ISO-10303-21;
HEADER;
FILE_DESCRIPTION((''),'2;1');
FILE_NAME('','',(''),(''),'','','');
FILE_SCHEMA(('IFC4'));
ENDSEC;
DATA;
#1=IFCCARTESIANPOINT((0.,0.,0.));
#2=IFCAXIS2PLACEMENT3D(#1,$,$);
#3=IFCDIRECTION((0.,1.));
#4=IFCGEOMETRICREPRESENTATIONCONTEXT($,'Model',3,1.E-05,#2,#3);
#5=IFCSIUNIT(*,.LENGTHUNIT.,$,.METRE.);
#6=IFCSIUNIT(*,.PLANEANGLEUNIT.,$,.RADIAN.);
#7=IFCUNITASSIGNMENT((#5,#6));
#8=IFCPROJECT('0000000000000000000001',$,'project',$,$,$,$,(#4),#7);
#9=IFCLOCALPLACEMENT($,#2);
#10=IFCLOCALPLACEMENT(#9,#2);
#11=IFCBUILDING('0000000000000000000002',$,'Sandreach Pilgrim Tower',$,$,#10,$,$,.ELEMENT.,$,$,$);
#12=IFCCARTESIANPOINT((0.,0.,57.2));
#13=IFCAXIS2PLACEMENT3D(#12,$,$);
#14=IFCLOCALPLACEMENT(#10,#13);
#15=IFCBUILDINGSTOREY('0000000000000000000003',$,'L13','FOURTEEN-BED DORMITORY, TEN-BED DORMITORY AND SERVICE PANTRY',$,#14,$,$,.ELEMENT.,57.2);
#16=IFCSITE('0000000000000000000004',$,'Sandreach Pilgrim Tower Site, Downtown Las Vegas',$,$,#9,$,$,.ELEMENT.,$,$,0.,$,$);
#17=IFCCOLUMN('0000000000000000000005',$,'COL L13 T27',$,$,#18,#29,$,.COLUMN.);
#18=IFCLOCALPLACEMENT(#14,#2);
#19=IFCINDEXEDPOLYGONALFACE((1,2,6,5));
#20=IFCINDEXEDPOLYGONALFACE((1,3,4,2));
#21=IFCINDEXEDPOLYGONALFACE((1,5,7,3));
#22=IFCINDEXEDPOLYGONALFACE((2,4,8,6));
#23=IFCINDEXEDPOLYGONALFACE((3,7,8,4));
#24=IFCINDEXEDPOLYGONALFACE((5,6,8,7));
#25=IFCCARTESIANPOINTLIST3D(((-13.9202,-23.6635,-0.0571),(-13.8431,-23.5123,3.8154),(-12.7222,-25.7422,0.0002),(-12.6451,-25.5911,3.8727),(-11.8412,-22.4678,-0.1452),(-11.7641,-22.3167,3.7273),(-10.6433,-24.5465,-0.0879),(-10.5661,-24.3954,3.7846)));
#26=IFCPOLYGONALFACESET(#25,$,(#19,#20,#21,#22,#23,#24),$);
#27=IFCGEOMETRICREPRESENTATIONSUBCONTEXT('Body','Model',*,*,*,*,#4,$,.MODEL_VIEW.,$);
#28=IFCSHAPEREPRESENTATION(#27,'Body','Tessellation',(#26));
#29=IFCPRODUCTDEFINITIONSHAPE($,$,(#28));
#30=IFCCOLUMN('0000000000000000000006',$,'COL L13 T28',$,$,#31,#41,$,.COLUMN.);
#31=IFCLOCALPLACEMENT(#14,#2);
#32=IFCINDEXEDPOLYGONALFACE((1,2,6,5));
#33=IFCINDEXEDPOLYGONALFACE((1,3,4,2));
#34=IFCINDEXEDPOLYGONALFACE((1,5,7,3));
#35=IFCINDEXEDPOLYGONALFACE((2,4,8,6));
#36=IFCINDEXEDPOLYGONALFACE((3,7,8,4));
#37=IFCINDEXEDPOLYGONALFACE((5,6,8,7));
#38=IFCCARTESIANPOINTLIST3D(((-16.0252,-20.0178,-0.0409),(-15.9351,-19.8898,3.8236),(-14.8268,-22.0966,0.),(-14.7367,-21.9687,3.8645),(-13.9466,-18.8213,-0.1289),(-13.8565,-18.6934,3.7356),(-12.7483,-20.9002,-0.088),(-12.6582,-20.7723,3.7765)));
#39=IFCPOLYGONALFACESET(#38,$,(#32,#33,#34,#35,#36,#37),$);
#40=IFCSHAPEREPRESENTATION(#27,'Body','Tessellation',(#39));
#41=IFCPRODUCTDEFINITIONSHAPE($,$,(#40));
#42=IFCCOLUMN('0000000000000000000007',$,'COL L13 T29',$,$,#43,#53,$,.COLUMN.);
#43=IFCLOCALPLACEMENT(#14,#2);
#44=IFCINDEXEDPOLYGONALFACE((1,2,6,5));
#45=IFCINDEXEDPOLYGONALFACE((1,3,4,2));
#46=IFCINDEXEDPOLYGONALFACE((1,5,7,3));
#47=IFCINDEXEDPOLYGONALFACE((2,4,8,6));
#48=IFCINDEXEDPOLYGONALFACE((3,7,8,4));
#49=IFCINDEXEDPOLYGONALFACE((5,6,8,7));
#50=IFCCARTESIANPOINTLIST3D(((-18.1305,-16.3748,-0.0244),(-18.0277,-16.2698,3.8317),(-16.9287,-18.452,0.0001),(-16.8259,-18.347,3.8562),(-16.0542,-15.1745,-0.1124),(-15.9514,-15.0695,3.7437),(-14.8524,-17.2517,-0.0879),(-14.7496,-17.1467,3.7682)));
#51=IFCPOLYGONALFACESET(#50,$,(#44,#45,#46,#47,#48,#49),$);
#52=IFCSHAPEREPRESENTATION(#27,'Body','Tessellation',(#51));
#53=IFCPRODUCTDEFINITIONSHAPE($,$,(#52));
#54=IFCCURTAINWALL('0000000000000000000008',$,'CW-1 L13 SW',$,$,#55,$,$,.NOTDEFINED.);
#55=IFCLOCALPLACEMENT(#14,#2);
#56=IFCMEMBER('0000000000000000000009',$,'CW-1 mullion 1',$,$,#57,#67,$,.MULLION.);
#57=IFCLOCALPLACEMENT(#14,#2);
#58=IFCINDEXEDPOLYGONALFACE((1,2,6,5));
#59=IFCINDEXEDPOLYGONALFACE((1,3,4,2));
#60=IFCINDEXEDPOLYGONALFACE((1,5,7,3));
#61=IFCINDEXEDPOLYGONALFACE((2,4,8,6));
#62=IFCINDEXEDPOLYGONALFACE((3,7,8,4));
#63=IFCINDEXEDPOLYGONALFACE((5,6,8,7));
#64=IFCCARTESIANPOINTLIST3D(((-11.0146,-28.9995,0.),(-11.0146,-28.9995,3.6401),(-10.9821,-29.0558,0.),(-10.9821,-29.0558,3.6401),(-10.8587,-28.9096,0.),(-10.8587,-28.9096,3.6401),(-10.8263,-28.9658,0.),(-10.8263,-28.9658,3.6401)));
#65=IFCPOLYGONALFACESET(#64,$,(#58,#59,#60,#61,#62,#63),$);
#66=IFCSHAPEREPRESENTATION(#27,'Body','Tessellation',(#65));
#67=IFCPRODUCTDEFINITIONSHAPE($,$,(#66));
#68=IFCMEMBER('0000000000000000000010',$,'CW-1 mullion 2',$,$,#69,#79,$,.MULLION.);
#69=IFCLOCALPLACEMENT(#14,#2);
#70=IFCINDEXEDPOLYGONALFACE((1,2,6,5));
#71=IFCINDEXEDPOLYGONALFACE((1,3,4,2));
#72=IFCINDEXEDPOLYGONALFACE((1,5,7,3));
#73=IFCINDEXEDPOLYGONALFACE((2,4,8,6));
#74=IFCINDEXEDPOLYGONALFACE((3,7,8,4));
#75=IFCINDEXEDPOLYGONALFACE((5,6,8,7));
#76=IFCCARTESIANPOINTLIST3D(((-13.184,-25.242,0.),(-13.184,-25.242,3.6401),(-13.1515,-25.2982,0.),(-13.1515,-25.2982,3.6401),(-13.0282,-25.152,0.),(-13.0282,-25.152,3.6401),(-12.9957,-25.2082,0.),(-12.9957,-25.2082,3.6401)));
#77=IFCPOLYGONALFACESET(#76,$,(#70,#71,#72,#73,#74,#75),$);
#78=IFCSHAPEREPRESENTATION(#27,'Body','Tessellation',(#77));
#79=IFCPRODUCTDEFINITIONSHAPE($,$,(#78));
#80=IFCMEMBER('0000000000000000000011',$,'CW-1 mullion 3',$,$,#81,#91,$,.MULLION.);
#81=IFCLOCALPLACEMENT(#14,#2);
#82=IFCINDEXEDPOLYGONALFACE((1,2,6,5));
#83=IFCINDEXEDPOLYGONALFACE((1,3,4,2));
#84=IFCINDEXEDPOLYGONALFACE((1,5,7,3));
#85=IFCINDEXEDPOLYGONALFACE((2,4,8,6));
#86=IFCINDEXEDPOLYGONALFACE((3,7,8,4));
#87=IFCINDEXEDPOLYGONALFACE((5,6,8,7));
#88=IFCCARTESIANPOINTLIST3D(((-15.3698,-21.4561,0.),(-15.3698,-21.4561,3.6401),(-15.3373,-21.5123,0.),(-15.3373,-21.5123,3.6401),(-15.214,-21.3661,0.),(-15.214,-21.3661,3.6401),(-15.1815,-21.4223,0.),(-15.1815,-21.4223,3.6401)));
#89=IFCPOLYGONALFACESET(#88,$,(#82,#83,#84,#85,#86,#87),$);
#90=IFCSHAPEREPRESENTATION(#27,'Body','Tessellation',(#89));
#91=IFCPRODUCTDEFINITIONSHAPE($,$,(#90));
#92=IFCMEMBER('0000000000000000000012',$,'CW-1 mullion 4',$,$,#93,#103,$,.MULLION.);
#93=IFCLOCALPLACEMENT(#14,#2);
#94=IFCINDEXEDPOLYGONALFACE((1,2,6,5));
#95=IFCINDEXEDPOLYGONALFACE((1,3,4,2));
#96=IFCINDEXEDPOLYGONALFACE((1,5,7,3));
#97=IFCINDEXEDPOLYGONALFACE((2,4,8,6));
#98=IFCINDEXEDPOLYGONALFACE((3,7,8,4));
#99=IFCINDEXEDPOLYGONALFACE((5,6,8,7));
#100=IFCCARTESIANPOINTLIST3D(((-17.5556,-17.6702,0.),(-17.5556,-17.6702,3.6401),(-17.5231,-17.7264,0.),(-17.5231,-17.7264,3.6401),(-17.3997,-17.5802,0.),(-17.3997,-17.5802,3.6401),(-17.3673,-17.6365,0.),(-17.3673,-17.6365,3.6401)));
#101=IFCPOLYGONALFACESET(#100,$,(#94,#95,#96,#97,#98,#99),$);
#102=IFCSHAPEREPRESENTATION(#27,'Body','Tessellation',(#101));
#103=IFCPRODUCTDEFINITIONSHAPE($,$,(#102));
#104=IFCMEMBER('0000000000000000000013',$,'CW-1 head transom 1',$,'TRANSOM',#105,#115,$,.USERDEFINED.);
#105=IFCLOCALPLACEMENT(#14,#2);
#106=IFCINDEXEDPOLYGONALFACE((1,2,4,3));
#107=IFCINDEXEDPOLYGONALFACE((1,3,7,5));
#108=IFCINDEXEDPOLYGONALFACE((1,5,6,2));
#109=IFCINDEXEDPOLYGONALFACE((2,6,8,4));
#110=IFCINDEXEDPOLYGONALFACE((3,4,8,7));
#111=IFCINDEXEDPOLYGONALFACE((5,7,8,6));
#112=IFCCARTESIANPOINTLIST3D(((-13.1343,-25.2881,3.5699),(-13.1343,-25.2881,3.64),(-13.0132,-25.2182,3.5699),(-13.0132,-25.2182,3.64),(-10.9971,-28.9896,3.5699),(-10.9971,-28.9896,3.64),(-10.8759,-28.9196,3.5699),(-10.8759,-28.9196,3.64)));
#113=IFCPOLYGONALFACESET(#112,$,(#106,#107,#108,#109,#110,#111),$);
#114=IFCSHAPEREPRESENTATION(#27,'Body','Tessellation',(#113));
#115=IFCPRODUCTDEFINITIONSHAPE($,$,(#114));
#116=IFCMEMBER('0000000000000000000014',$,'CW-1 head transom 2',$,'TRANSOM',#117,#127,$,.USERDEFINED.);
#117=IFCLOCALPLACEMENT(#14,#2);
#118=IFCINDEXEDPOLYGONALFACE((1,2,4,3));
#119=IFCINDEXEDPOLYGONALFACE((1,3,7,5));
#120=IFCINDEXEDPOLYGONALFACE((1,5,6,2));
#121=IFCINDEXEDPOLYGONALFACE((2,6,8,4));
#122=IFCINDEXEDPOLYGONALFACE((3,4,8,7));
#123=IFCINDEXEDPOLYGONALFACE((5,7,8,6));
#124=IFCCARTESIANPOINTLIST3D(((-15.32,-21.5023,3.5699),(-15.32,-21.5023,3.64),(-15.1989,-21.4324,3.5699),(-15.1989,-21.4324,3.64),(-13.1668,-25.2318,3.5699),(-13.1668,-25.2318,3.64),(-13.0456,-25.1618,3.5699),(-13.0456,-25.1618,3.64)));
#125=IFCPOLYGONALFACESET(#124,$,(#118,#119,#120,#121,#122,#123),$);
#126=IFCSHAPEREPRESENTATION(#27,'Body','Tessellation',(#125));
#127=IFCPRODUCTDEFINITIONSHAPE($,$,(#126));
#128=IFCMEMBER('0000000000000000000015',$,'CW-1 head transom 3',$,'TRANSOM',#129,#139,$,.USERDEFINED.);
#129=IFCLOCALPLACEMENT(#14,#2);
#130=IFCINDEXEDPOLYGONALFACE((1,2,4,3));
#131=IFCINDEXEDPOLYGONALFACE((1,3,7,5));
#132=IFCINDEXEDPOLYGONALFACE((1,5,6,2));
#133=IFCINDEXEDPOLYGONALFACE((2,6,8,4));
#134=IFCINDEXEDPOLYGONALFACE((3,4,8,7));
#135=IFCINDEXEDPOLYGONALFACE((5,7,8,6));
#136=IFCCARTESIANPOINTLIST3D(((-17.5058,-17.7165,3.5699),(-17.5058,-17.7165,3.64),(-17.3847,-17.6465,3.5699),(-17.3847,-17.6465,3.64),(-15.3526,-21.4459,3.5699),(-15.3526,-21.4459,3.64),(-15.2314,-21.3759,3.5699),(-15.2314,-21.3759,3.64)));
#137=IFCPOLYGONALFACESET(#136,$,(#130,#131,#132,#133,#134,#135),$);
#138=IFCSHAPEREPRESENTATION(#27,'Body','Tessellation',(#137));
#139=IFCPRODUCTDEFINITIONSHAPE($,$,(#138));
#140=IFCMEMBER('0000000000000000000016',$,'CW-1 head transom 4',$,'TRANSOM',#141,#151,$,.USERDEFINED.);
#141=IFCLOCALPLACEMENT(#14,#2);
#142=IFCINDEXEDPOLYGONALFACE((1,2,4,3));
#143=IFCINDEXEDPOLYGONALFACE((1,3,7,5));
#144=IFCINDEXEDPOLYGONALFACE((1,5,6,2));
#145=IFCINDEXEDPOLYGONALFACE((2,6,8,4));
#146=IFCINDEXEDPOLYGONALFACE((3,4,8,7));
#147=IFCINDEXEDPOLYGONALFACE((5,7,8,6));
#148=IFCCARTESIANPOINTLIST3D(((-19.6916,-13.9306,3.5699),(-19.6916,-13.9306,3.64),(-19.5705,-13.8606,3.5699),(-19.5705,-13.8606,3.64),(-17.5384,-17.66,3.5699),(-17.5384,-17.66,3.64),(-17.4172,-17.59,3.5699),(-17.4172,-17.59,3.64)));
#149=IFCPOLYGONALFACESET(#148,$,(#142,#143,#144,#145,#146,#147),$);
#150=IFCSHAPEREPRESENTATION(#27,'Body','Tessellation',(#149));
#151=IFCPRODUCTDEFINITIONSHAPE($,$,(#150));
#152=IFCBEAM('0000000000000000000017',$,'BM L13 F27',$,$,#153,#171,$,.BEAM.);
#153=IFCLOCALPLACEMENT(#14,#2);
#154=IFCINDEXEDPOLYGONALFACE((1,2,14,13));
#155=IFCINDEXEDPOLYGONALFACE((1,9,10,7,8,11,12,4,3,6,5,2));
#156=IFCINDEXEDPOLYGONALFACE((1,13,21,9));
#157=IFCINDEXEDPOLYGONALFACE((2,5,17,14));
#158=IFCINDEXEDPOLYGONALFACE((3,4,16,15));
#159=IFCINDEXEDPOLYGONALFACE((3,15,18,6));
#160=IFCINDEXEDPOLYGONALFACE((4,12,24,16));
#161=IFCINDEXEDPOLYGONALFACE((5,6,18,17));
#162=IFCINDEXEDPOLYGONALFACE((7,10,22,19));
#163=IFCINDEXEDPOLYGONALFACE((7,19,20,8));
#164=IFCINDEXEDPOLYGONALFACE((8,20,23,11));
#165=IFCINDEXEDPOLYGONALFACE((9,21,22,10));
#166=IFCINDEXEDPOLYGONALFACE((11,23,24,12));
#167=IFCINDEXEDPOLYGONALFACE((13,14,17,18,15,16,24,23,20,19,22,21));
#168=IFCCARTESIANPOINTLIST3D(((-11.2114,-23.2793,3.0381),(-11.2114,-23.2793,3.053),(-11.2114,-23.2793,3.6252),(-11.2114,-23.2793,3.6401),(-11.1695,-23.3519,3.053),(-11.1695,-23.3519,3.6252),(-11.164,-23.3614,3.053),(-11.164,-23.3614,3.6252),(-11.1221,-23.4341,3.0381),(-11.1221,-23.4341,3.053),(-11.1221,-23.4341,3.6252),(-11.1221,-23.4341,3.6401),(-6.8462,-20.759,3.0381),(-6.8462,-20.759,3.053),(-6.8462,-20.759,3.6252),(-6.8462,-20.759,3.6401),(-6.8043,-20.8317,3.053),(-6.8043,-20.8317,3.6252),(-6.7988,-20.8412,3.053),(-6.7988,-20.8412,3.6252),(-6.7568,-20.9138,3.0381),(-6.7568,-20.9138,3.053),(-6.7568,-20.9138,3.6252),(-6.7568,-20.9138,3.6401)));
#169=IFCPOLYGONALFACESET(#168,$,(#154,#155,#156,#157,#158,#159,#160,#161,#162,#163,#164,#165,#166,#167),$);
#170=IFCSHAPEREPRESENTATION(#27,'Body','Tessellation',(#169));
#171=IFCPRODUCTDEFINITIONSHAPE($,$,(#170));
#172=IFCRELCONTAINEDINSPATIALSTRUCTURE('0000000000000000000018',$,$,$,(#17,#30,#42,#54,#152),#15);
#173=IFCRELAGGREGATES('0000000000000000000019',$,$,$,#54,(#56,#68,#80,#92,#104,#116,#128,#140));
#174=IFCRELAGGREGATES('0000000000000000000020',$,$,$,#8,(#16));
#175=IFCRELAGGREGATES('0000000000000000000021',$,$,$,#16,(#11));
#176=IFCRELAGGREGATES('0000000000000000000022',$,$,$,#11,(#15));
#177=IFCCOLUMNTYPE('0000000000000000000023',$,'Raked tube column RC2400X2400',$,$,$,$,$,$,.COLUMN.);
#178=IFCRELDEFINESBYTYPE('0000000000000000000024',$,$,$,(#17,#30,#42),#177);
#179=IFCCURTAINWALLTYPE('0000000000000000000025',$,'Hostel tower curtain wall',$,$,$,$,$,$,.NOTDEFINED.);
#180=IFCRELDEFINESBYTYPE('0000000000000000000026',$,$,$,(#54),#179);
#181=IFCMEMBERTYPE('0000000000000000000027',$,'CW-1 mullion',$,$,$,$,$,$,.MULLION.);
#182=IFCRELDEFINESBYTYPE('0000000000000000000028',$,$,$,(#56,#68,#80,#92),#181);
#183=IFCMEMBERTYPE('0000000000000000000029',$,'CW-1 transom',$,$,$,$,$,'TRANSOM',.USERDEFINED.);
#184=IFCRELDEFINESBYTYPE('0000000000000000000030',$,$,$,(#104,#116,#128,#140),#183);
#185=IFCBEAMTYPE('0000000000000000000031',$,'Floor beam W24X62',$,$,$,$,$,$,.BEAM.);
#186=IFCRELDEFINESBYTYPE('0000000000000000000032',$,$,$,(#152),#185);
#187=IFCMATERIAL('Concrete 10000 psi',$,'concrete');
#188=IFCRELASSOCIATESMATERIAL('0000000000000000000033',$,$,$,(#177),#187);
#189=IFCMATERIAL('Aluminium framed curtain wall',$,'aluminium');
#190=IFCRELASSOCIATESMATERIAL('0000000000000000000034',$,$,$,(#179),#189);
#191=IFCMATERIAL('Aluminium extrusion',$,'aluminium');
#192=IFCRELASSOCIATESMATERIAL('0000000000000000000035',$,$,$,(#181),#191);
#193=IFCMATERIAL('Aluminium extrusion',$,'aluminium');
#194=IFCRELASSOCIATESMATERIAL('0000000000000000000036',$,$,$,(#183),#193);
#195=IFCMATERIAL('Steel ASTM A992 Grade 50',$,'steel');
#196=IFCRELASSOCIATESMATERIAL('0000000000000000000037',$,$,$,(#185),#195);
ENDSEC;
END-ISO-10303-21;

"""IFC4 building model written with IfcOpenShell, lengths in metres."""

from ifc_helpers import new_model, si_unit, direction, frame, origin, origin_2d, place, context, subcontext, project, spatial, rectangle, i_section, extrude, material, material_profile, profile_set, type_object, element, aggregate, save


model = new_model("IFC4")

# Units and contexts
model_context = context("Model", 3, precision=1e-05, world=origin(), true_north=direction((0.0, 1.0)))
body_context = subcontext(model_context, "Body", "Model", "MODEL_VIEW")
ifc_project = project(units=[si_unit("LENGTHUNIT", "METRE"), si_unit("PLANEANGLEUNIT", "RADIAN")], contexts=[model_context])

# Site, building, storey
site_placement = place(None, origin())
site = spatial("IfcSite", under=ifc_project, at=site_placement, Name="Sandreach Pilgrim Tower Site, Downtown Las Vegas", CompositionType="ELEMENT", RefElevation=0.0)
building_placement = place(site_placement, origin())
building = spatial("IfcBuilding", under=site, at=building_placement, Name="Sandreach Pilgrim Tower", CompositionType="ELEMENT")
storey_placement = place(building_placement, frame((0.0, 0.0, 57.2)))
storey = spatial("IfcBuildingStorey", under=building, at=storey_placement, Name="L13", Description="FOURTEEN-BED DORMITORY, TEN-BED DORMITORY AND SERVICE PANTRY", CompositionType="ELEMENT", Elevation=57.2)

# Columns
ifc_material_1 = material(Name="Concrete 10000 psi", Category="concrete")
ifc_material_profile_1 = material_profile(ifc_material_1, rectangle(XDim=2.3999, YDim=2.3999, at=origin_2d()), Name="RC2400X2400")
ifc_profile_set_1 = profile_set([ifc_material_profile_1], Name="Concrete 10000 psi")
column_type = type_object("IfcColumnType", Name="Raked tube column RC2400X2400", PredefinedType="COLUMN", material=ifc_profile_set_1)
column_1_placement = place(storey_placement, frame((-12.2817, -24.105, -0.0725), z_axis=(0.019903, 0.038987, 0.999042), x_axis=(-0.866273, -0.498221, 0.0367)))
element("IfcColumn", 1, at=column_1_placement, inside=storey, type_object=column_type, Name="COL L13 T27", PredefinedType="COLUMN", context=body_context, shape_type="SweptSolid", body=[
    extrude(rectangle(XDim=2.3999, YDim=2.3999, at=origin_2d()), origin(), (0.0, 0.0, 1.0), 3.8762),
])
column_2_placement = place(storey_placement, frame((-14.3867, -20.459, -0.0645), z_axis=(0.023293, 0.033077, 0.999181), x_axis=(-0.866092, -0.498537, 0.036693)))
element("IfcColumn", 2, at=column_2_placement, inside=storey, type_object=column_type, Name="COL L13 T28", PredefinedType="COLUMN", context=body_context, shape_type="SweptSolid", body=[
    extrude(rectangle(XDim=2.3999, YDim=2.3999, at=origin_2d()), origin(), (0.0, 0.0, 1.0), 3.8677),
])
column_3_placement = place(storey_placement, frame((-16.4915, -16.8132, -0.0562), z_axis=(0.026635, 0.027204, 0.999275), x_axis=(-0.865171, -0.500133, 0.036676)))
element("IfcColumn", 3, at=column_3_placement, inside=storey, type_object=column_type, Name="COL L13 T29", PredefinedType="COLUMN", context=body_context, shape_type="SweptSolid", body=[
    extrude(rectangle(XDim=2.3999, YDim=2.3999, at=origin_2d()), origin(), (0.0, 0.0, 1.0), 3.8589),
])

# Curtain wall, members
ifc_material_2 = material(Name="Aluminium framed curtain wall", Category="aluminium")
curtain_wall_type = type_object("IfcCurtainWallType", Name="Hostel tower curtain wall", PredefinedType="NOTDEFINED", material=ifc_material_2)
curtain_wall_placement = place(storey_placement, origin())
curtain_wall = element("IfcCurtainWall", 4, at=curtain_wall_placement, inside=storey, type_object=curtain_wall_type, Name="CW-1 L13 SW", PredefinedType="NOTDEFINED")
ifc_material_3 = material(Name="Aluminium extrusion", Category="aluminium")
ifc_material_profile_2 = material_profile(ifc_material_3, rectangle(XDim=0.0649, YDim=0.1799, at=origin_2d()), Name="CW-1M 65X180")
ifc_profile_set_2 = profile_set([ifc_material_profile_2], Name="Aluminium extrusion")
member_type_1 = type_object("IfcMemberType", Name="CW-1 mullion", PredefinedType="MULLION", material=ifc_profile_set_2)
member_1_placement = place(storey_placement, frame((-10.9204, -28.9827, 0.0), z_axis=(0.0, 0.0, 1.0), x_axis=(-0.5, 0.866025, 0.0)))
member_1 = element("IfcMember", 5, at=member_1_placement, type_object=member_type_1, Name="CW-1 mullion 1", PredefinedType="MULLION", context=body_context, shape_type="SweptSolid", body=[
    extrude(rectangle(XDim=0.0649, YDim=0.1799, at=origin_2d()), origin(), (0.0, 0.0, 1.0), 3.6401),
])
member_2_placement = place(storey_placement, frame((-13.0898, -25.2251, 0.0), z_axis=(0.0, 0.0, 1.0), x_axis=(-0.5, 0.866025, 0.0)))
member_2 = element("IfcMember", 6, at=member_2_placement, type_object=member_type_1, Name="CW-1 mullion 2", PredefinedType="MULLION", context=body_context, shape_type="SweptSolid", body=[
    extrude(rectangle(XDim=0.0649, YDim=0.1799, at=origin_2d()), origin(), (0.0, 0.0, 1.0), 3.6401),
])
member_3_placement = place(storey_placement, frame((-15.2756, -21.4392, 0.0), z_axis=(0.0, 0.0, 1.0), x_axis=(-0.5, 0.866025, 0.0)))
member_3 = element("IfcMember", 7, at=member_3_placement, type_object=member_type_1, Name="CW-1 mullion 3", PredefinedType="MULLION", context=body_context, shape_type="SweptSolid", body=[
    extrude(rectangle(XDim=0.0649, YDim=0.1799, at=origin_2d()), origin(), (0.0, 0.0, 1.0), 3.6401),
])
member_4_placement = place(storey_placement, frame((-17.4614, -17.6533, 0.0), z_axis=(0.0, 0.0, 1.0), x_axis=(-0.5, 0.866025, 0.0)))
member_4 = element("IfcMember", 8, at=member_4_placement, type_object=member_type_1, Name="CW-1 mullion 4", PredefinedType="MULLION", context=body_context, shape_type="SweptSolid", body=[
    extrude(rectangle(XDim=0.0649, YDim=0.1799, at=origin_2d()), origin(), (0.0, 0.0, 1.0), 3.6401),
])
ifc_material_4 = material(Name="Aluminium extrusion", Category="aluminium")
ifc_material_profile_3 = material_profile(ifc_material_4, rectangle(XDim=0.1399, YDim=0.0701, at=origin_2d()), Name="CW-1T 140X70")
ifc_profile_set_3 = profile_set([ifc_material_profile_3], Name="Aluminium extrusion")
member_type_2 = type_object("IfcMemberType", Name="CW-1 transom", ElementType="TRANSOM", PredefinedType="USERDEFINED", material=ifc_profile_set_3)
member_5_placement = place(storey_placement, frame((-10.9365, -28.9546, 3.605), z_axis=(-0.500034, 0.866006, 0.0), x_axis=(-0.866006, -0.500034, 0.0)))
member_5 = element("IfcMember", 9, at=member_5_placement, type_object=member_type_2, Name="CW-1 head transom 1", ObjectType="TRANSOM", PredefinedType="USERDEFINED", context=body_context, shape_type="SweptSolid", body=[
    extrude(rectangle(XDim=0.1399, YDim=0.0701, at=origin_2d()), origin(), (0.0, 0.0, 1.0), 4.2742),
])
member_6_placement = place(storey_placement, frame((-13.1062, -25.1968, 3.605), z_axis=(-0.500017, 0.866016, 0.0), x_axis=(-0.866016, -0.500017, 0.0)))
member_6 = element("IfcMember", 10, at=member_6_placement, type_object=member_type_2, Name="CW-1 head transom 2", ObjectType="TRANSOM", PredefinedType="USERDEFINED", context=body_context, shape_type="SweptSolid", body=[
    extrude(rectangle(XDim=0.1399, YDim=0.0701, at=origin_2d()), origin(), (0.0, 0.0, 1.0), 4.3064),
])
member_7_placement = place(storey_placement, frame((-15.292, -21.4109, 3.605), z_axis=(-0.500017, 0.866016, 0.0), x_axis=(-0.866016, -0.500017, 0.0)))
member_7 = element("IfcMember", 11, at=member_7_placement, type_object=member_type_2, Name="CW-1 head transom 3", ObjectType="TRANSOM", PredefinedType="USERDEFINED", context=body_context, shape_type="SweptSolid", body=[
    extrude(rectangle(XDim=0.1399, YDim=0.0701, at=origin_2d()), origin(), (0.0, 0.0, 1.0), 4.3064),
])
member_8_placement = place(storey_placement, frame((-17.4778, -17.625, 3.605), z_axis=(-0.500017, 0.866016, 0.0), x_axis=(-0.866016, -0.500017, 0.0)))
member_8 = element("IfcMember", 12, at=member_8_placement, type_object=member_type_2, Name="CW-1 head transom 4", ObjectType="TRANSOM", PredefinedType="USERDEFINED", context=body_context, shape_type="SweptSolid", body=[
    extrude(rectangle(XDim=0.1399, YDim=0.0701, at=origin_2d()), origin(), (0.0, 0.0, 1.0), 4.3064),
])

# Beam
ifc_material_5 = material(Name="Steel ASTM A992 Grade 50", Category="steel")
ifc_material_profile_4 = material_profile(ifc_material_5, i_section(OverallWidth=0.1787, OverallDepth=0.6021, WebThickness=0.011, FlangeThickness=0.0149, at=origin_2d()), Name="W24X62")
ifc_profile_set_4 = profile_set([ifc_material_profile_4], Name="Steel ASTM A992 Grade 50")
beam_type_1 = type_object("IfcBeamType", Name="Floor beam W24X62", PredefinedType="BEAM", material=ifc_profile_set_4)
beam_1_placement = place(storey_placement, frame((-11.1667, -23.3567, 3.3391), z_axis=(0.866026, 0.499999, 0.0), x_axis=(-0.499999, 0.866026, 0.0)))
element("IfcBeam", 13, at=beam_1_placement, inside=storey, type_object=beam_type_1, Name="BM L13 F27", PredefinedType="BEAM", context=body_context, shape_type="SweptSolid", body=[
    extrude(i_section(OverallWidth=0.1787, OverallDepth=0.6021, WebThickness=0.011, FlangeThickness=0.0149, at=origin_2d()), origin(), (0.0, 0.0, 1.0), 5.0405),
])

aggregate(curtain_wall, [member_1, member_2, member_3, member_4, member_5, member_6, member_7, member_8])

save(model, "model.ifc")
